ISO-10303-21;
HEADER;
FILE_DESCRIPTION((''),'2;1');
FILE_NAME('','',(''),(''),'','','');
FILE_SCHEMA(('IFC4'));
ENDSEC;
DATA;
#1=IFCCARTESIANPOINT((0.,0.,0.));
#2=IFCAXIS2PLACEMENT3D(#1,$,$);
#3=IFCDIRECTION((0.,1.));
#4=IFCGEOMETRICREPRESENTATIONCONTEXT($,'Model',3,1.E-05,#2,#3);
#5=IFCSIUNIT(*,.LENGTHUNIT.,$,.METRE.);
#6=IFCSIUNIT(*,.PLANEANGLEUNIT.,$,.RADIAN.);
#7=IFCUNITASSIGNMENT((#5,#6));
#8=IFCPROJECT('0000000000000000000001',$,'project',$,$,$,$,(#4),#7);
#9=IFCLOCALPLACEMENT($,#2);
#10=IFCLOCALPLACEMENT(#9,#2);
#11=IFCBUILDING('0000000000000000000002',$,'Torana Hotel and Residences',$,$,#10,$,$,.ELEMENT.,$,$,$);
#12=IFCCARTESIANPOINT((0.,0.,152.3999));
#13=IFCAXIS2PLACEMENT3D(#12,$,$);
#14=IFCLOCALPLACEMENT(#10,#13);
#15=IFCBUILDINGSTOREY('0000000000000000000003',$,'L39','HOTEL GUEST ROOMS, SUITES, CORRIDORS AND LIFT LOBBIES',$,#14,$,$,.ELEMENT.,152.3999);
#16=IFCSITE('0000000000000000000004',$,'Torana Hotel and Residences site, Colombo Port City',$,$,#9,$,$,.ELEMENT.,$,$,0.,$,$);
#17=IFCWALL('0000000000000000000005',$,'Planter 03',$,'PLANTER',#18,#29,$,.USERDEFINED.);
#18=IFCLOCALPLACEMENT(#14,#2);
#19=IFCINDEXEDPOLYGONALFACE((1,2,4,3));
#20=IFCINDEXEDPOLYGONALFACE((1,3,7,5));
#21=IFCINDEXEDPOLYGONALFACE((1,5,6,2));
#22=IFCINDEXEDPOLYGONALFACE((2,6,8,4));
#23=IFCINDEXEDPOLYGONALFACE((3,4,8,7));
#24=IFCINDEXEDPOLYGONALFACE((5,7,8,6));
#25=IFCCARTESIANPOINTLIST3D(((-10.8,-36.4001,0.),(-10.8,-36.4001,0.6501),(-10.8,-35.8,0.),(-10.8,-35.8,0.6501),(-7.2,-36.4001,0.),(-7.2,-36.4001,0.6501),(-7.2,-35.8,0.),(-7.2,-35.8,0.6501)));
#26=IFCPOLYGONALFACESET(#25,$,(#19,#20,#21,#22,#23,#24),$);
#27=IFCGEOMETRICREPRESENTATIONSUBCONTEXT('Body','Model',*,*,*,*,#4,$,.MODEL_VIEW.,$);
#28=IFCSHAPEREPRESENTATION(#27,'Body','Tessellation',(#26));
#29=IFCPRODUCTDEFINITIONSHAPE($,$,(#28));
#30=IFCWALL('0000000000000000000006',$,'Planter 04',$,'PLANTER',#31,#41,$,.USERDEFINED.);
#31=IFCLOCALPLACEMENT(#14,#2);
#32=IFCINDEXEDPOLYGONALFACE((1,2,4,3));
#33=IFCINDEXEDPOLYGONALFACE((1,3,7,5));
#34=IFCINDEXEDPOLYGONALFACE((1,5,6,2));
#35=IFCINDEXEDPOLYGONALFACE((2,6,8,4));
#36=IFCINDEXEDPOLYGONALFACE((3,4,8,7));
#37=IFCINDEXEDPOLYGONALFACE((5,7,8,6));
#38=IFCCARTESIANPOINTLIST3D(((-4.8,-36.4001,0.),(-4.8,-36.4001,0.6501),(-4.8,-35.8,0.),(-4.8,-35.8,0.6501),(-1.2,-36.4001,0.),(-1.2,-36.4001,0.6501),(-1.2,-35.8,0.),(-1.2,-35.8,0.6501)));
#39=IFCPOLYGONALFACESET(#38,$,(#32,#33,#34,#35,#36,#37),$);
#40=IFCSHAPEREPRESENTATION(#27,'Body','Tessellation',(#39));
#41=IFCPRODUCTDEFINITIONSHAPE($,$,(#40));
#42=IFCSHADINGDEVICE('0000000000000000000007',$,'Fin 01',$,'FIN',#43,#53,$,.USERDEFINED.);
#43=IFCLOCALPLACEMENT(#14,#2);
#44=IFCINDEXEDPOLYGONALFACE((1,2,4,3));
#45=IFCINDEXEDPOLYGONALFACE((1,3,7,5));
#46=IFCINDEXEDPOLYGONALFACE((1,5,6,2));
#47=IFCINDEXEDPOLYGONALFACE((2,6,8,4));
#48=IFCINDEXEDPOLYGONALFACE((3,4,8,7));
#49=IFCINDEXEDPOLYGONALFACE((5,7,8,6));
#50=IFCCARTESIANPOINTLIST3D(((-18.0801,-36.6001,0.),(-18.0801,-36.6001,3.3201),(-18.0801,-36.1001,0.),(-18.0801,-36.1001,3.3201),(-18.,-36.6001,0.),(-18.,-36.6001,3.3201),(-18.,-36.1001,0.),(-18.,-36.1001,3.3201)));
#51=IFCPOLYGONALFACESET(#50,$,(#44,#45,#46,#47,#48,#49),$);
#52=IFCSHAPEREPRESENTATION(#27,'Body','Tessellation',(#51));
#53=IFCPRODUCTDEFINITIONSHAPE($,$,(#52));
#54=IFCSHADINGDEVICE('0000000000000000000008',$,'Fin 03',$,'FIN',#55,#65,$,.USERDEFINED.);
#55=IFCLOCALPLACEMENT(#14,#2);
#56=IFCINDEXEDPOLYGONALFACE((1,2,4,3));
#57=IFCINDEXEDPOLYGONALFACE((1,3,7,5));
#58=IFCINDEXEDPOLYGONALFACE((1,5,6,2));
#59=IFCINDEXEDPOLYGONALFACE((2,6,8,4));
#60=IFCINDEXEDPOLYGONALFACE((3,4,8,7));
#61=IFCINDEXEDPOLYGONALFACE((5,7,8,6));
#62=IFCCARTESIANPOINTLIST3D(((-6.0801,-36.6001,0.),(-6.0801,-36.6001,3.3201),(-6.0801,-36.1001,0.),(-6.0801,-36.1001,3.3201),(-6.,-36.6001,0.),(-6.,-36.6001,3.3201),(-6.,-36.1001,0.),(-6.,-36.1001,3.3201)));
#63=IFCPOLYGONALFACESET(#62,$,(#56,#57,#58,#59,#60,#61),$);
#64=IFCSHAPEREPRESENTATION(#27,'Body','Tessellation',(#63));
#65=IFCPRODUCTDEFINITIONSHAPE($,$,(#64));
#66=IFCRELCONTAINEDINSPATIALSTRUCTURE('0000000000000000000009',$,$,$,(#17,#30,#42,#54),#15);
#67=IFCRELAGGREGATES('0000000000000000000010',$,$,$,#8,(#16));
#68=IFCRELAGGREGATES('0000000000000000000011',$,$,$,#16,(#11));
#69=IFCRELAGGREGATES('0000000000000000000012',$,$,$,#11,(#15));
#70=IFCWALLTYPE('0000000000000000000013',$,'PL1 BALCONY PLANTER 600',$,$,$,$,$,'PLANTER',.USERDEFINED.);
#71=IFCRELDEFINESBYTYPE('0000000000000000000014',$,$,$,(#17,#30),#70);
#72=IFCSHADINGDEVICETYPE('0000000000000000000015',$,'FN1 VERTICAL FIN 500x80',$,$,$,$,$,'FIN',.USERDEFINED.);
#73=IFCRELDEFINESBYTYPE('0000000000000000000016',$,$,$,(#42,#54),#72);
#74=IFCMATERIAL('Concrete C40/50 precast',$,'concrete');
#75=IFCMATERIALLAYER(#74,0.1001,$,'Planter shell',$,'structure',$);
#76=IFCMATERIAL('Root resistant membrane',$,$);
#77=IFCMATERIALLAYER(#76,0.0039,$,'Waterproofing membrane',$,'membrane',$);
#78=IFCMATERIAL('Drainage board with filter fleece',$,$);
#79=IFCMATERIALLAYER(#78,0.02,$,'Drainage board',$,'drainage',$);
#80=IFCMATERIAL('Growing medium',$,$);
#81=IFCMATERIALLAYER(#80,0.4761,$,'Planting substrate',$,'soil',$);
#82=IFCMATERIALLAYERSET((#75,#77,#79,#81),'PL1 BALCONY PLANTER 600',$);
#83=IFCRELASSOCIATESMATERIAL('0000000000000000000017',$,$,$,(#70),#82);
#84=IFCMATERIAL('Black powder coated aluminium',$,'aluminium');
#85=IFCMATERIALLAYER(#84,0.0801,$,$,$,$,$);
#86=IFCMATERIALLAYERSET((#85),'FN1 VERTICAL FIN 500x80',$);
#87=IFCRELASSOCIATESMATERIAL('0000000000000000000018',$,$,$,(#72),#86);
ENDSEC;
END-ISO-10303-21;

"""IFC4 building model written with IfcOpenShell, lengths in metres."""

from ifc_helpers import new_model, si_unit, direction, frame, frame_2d, origin, origin_2d, place, context, subcontext, project, spatial, rectangle, extrude, material, layer, layer_set, type_object, element, save


model = new_model("IFC4")

# Units and contexts
model_context = context("Model", 3, precision=1e-05, world=origin(), true_north=direction((0.0, 1.0)))
body_context = subcontext(model_context, "Body", "Model", "MODEL_VIEW")
ifc_project = project(units=[si_unit("LENGTHUNIT", "METRE"), si_unit("PLANEANGLEUNIT", "RADIAN")], contexts=[model_context])

# Site, building, storey
site_placement = place(None, origin())
site = spatial("IfcSite", under=ifc_project, at=site_placement, Name="Torana Hotel and Residences site, Colombo Port City", CompositionType="ELEMENT", RefElevation=0.0)
building_placement = place(site_placement, origin())
building = spatial("IfcBuilding", under=site, at=building_placement, Name="Torana Hotel and Residences", CompositionType="ELEMENT")
storey_placement = place(building_placement, frame((0.0, 0.0, 152.3999)))
storey = spatial("IfcBuildingStorey", under=building, at=storey_placement, Name="L39", Description="HOTEL GUEST ROOMS, SUITES, CORRIDORS AND LIFT LOBBIES", CompositionType="ELEMENT", Elevation=152.3999)

# Walls
ifc_material_1 = material(Name="Concrete C40/50 precast", Category="concrete")
ifc_layer_1 = layer(ifc_material_1, 0.1001, Name="Planter shell", Category="structure")
ifc_material_2 = material(Name="Root resistant membrane")
ifc_layer_2 = layer(ifc_material_2, 0.0039, Name="Waterproofing membrane", Category="membrane")
ifc_material_3 = material(Name="Drainage board with filter fleece")
ifc_layer_3 = layer(ifc_material_3, 0.02, Name="Drainage board", Category="drainage")
ifc_material_4 = material(Name="Growing medium")
ifc_layer_4 = layer(ifc_material_4, 0.4761, Name="Planting substrate", Category="soil")
ifc_layer_set_1 = layer_set([ifc_layer_1, ifc_layer_2, ifc_layer_3, ifc_layer_4], Name="PL1 BALCONY PLANTER 600")
wall_type_1 = type_object("IfcWallType", Name="PL1 BALCONY PLANTER 600", ElementType="PLANTER", PredefinedType="USERDEFINED", material=ifc_layer_set_1)
for number, where, z_axis, x_axis, name in (
    (1, (-7.2, -36.1001, 0.0), (0.0, 0.0, 1.0), (-1.0, 0.0, 0.0), "Planter 03"),
    (2, (-1.2, -36.1001, 0.0), (0.0, 0.0, 1.0), (-1.0, 0.0, 0.0), "Planter 04"),
):
    element("IfcWall", number, at=place(storey_placement, frame(where, z_axis=z_axis, x_axis=x_axis)), inside=storey, type_object=wall_type_1, Name=name, ObjectType="PLANTER", PredefinedType="USERDEFINED", context=body_context, shape_type="SweptSolid", body=[
        extrude(rectangle(XDim=3.6001, YDim=0.6001, at=frame_2d((1.8, 0.0))), origin(), (0.0, 0.0, 1.0), 0.6501),
    ])

# Shading devices
ifc_material_5 = material(Name="Black powder coated aluminium", Category="aluminium")
ifc_layer_5 = layer(ifc_material_5, 0.0801)
ifc_layer_set_2 = layer_set([ifc_layer_5], Name="FN1 VERTICAL FIN 500x80")
shading_device_type = type_object("IfcShadingDeviceType", Name="FN1 VERTICAL FIN 500x80", ElementType="FIN", PredefinedType="USERDEFINED", material=ifc_layer_set_2)
for number, where, z_axis, x_axis, name in (
    (3, (-18.04, -36.3501, 0.0), (0.0, 0.0, 1.0), (-1.0, 0.0, 0.0), "Fin 01"),
    (4, (-6.04, -36.3501, 0.0), (0.0, 0.0, 1.0), (-1.0, 0.0, 0.0), "Fin 03"),
):
    element("IfcShadingDevice", number, at=place(storey_placement, frame(where, z_axis=z_axis, x_axis=x_axis)), inside=storey, type_object=shading_device_type, Name=name, ObjectType="FIN", PredefinedType="USERDEFINED", context=body_context, shape_type="SweptSolid", body=[
        extrude(rectangle(XDim=0.0801, YDim=0.5, at=origin_2d()), origin(), (0.0, 0.0, 1.0), 3.3201),
    ])

save(model, "model.ifc")
